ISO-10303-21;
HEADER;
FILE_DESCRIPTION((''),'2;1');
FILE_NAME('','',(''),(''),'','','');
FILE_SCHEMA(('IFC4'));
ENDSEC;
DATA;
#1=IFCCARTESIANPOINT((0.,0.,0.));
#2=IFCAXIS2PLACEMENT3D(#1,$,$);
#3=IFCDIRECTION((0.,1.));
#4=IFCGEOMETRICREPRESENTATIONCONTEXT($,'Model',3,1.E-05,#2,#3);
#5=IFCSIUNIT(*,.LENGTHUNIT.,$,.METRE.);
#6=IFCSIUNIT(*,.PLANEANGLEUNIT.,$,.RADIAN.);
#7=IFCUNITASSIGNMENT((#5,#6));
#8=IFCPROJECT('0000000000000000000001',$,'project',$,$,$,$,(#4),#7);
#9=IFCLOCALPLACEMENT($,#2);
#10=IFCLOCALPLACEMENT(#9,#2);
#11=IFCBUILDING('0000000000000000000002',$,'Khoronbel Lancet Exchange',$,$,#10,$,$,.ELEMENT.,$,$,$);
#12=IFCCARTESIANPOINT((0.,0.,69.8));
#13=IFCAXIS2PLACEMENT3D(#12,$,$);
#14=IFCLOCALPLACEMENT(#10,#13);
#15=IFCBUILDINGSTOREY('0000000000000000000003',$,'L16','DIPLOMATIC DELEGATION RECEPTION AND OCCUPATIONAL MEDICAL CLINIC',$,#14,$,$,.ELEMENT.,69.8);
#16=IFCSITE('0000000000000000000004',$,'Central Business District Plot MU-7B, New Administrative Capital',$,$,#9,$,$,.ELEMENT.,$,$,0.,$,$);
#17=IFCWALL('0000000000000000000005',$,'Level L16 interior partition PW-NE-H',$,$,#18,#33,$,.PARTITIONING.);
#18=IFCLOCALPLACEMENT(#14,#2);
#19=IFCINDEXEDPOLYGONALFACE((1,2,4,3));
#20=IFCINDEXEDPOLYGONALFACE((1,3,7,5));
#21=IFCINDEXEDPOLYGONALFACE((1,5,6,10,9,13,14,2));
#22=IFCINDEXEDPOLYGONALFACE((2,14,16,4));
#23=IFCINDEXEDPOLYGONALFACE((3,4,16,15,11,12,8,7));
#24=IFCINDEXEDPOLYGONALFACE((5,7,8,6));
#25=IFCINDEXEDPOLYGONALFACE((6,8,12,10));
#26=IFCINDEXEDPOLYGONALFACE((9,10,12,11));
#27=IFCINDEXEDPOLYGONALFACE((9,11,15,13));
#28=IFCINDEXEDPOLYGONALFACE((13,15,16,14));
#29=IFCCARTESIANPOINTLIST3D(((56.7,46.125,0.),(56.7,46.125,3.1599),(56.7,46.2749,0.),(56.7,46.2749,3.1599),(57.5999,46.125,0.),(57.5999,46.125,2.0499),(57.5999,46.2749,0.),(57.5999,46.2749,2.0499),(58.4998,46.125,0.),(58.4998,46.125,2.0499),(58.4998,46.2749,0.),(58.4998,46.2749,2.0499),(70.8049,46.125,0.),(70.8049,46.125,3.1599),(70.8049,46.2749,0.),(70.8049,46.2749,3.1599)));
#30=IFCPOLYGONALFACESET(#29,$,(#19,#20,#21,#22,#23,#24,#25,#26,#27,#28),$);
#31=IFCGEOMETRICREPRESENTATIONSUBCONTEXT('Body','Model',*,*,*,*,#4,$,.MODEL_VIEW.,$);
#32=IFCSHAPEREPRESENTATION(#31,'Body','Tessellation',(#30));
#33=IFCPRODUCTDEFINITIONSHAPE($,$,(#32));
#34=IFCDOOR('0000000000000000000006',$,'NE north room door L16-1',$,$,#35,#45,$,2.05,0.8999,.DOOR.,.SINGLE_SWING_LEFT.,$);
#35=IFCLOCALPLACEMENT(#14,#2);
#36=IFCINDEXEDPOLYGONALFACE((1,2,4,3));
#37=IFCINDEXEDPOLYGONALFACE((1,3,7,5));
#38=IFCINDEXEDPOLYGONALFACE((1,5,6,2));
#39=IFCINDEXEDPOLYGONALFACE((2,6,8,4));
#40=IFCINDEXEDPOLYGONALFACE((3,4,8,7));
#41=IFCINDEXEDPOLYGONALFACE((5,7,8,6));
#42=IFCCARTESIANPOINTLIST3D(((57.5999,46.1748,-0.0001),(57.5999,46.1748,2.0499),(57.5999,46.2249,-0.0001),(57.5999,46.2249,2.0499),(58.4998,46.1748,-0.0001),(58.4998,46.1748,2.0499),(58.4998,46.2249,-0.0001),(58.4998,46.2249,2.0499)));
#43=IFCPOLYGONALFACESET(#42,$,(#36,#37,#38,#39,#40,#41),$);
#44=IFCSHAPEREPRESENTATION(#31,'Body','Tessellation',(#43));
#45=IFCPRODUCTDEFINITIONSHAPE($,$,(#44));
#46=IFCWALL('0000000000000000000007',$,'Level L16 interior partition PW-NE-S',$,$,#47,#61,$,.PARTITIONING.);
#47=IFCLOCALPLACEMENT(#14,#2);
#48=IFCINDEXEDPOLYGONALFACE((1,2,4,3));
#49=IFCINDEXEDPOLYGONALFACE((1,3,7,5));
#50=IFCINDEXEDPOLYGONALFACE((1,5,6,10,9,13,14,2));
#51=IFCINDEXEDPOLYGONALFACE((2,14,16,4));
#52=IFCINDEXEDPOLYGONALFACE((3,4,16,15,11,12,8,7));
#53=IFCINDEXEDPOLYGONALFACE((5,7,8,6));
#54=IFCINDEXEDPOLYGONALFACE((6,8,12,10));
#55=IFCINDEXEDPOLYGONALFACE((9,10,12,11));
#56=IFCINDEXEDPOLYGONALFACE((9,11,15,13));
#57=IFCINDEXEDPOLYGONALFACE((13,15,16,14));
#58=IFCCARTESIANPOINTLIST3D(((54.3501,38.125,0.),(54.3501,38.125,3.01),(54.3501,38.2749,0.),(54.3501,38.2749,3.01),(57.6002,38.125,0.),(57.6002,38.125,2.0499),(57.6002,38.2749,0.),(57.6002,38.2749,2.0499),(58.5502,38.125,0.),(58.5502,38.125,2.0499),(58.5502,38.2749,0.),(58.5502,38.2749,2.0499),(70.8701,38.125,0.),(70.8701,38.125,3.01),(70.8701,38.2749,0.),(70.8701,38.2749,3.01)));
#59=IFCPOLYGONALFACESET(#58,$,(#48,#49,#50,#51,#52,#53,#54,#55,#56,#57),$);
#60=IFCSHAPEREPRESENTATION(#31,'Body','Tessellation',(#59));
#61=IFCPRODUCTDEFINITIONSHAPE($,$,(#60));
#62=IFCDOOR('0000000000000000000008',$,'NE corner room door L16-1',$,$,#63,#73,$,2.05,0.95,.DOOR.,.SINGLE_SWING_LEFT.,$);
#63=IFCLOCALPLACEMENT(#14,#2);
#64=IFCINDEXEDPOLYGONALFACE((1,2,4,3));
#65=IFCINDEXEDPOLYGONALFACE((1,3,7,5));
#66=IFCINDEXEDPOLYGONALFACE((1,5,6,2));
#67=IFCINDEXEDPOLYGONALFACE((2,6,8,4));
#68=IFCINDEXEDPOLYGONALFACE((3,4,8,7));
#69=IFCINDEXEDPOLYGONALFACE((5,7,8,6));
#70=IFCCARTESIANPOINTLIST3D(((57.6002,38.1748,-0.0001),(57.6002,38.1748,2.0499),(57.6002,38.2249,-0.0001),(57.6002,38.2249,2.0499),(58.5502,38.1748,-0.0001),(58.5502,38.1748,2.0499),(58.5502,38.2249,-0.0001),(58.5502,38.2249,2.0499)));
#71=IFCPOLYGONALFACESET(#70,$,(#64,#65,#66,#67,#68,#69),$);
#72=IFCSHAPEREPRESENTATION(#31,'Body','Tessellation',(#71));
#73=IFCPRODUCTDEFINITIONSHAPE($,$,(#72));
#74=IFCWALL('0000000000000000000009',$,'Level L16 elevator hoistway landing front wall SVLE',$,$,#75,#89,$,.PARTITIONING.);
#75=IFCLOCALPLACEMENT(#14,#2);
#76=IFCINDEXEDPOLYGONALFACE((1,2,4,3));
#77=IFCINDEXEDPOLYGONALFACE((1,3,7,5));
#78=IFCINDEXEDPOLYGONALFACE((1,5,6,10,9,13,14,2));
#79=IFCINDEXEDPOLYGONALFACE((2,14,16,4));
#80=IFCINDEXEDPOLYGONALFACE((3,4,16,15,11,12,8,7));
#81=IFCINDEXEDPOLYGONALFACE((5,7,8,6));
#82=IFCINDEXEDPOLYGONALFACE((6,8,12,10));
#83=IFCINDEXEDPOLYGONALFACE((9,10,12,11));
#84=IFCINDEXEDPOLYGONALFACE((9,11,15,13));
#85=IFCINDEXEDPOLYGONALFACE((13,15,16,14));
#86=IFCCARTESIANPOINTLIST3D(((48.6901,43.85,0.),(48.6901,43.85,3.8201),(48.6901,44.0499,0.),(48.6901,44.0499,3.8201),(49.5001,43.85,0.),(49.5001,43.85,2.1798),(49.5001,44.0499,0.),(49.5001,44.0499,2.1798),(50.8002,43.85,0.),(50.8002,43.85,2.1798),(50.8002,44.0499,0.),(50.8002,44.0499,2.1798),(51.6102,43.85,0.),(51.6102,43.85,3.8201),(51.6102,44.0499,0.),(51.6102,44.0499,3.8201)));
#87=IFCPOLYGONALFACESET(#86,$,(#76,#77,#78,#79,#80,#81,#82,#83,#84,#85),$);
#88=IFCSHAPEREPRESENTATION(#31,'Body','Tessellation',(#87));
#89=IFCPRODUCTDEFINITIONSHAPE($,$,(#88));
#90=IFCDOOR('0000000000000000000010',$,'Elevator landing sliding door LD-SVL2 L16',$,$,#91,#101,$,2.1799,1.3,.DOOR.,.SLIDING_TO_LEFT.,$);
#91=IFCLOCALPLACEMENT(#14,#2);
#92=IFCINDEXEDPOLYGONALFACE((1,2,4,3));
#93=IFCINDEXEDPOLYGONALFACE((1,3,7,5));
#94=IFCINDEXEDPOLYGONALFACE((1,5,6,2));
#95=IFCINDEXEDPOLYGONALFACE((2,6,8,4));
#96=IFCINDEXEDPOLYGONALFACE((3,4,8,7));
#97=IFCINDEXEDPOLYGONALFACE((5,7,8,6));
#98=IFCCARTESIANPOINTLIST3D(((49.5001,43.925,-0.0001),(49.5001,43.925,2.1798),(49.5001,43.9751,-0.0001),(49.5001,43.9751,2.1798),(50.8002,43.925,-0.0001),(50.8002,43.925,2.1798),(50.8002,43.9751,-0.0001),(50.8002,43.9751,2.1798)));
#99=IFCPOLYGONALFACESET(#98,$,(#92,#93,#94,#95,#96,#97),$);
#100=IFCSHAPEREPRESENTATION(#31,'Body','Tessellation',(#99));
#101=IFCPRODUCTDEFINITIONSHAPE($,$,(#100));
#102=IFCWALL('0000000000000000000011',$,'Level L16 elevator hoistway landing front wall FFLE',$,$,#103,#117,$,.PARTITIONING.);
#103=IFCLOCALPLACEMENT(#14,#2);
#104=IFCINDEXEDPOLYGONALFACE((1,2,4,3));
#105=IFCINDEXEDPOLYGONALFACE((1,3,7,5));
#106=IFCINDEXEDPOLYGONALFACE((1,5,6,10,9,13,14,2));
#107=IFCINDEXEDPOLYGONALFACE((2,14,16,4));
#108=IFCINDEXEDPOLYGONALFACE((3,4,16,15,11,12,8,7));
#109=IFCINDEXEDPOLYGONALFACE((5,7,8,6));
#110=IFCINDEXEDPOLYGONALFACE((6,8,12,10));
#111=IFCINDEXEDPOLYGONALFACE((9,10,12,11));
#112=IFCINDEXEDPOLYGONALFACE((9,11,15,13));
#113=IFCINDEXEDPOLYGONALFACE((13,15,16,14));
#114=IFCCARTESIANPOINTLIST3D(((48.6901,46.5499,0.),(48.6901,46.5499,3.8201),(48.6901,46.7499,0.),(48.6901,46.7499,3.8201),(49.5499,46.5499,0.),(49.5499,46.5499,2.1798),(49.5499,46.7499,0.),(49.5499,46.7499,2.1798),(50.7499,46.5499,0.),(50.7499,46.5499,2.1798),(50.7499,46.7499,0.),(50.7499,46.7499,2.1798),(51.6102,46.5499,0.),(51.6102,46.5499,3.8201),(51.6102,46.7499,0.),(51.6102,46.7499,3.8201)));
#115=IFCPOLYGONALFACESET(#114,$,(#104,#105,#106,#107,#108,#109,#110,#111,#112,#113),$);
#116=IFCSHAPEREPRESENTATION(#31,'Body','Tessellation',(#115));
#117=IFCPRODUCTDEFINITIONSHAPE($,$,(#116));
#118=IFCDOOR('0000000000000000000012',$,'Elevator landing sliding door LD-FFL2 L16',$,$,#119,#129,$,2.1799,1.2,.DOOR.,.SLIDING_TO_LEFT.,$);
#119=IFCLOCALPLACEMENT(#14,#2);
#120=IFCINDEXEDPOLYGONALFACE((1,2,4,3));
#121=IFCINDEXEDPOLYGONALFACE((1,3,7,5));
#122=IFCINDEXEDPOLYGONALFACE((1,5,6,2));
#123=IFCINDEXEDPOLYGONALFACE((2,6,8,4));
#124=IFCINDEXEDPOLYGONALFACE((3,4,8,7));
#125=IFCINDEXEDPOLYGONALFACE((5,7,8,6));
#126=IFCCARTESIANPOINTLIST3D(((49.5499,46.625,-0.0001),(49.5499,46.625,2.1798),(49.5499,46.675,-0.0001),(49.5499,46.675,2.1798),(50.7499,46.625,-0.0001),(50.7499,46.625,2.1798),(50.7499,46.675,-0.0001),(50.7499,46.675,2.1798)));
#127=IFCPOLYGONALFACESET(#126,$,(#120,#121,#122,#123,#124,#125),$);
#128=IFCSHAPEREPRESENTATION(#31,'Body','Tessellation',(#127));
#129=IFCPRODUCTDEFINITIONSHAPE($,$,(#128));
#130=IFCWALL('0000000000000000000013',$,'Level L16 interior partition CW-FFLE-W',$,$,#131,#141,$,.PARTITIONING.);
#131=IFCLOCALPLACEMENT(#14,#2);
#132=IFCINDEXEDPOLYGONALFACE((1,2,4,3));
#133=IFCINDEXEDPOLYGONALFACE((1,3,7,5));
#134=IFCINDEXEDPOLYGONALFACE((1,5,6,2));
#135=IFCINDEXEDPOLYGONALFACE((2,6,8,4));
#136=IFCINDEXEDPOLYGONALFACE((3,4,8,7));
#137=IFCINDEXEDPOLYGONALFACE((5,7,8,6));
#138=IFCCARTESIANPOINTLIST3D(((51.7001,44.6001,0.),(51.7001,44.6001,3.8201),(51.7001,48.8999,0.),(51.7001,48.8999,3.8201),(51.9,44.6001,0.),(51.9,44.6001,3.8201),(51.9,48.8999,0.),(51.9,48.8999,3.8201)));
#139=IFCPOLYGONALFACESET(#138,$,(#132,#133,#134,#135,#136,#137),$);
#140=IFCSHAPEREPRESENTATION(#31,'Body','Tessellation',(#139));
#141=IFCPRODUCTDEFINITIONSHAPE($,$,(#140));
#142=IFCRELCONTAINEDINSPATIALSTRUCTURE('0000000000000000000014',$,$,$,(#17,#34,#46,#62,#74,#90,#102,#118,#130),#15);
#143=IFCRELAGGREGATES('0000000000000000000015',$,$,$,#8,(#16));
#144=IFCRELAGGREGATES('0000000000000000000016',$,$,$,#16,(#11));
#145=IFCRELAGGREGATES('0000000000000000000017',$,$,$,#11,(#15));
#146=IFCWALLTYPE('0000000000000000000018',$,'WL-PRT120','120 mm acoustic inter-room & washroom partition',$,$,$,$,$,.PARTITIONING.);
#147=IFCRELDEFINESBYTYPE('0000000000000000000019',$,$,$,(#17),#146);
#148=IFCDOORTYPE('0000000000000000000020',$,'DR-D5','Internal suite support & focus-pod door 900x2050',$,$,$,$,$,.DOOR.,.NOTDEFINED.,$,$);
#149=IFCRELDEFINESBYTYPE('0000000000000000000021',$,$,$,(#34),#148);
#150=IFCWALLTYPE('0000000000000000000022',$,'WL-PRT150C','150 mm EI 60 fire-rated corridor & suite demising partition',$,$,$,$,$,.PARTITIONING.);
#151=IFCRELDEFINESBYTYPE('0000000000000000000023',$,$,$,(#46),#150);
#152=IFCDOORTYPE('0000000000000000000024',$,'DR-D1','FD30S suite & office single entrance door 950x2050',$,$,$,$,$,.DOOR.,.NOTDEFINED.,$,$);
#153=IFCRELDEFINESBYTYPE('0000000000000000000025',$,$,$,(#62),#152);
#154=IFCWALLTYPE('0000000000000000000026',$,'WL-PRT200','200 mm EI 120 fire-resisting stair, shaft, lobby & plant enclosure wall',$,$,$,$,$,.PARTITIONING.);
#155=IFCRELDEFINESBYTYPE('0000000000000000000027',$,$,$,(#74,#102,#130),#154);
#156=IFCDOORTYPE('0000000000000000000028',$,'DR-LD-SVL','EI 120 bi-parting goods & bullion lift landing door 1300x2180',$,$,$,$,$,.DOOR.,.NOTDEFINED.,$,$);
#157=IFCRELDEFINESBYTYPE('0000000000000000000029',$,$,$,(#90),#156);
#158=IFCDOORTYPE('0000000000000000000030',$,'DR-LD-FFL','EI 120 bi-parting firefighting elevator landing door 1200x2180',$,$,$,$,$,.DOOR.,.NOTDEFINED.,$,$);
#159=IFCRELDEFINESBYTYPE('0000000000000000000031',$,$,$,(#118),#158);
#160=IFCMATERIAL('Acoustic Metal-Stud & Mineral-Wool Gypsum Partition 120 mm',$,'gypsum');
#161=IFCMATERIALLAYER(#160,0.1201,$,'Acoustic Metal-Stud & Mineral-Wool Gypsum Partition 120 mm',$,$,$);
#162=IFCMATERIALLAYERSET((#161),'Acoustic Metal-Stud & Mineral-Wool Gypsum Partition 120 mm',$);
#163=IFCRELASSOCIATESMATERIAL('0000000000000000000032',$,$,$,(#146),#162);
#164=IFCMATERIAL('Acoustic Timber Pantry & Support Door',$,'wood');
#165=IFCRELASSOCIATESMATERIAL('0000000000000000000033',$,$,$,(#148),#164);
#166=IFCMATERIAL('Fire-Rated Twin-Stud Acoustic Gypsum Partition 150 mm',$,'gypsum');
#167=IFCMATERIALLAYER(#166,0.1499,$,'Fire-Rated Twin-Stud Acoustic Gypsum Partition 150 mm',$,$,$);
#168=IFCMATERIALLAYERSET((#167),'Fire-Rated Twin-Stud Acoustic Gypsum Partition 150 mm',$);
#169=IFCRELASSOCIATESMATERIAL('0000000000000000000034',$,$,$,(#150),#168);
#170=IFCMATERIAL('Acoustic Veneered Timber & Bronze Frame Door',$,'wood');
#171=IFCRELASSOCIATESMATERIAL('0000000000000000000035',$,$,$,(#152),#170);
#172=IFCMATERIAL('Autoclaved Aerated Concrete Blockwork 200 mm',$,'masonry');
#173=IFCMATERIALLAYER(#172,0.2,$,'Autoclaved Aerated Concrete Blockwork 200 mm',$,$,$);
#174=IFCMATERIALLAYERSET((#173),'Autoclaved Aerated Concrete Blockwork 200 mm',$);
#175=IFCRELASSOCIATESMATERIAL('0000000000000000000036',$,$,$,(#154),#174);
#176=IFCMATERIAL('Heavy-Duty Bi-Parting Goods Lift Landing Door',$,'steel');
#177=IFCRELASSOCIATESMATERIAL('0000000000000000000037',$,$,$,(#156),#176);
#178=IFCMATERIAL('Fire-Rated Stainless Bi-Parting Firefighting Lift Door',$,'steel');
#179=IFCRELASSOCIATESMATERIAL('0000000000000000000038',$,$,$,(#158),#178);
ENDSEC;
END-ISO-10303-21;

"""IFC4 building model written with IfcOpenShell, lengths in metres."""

from ifc_helpers import new_model, si_unit, direction, frame, frame_2d, origin, place, context, subcontext, project, spatial, rectangle, extrude, material, layer, layer_set, type_object, element, fill, save


model = new_model("IFC4")

# Units and contexts
model_context = context("Model", 3, precision=1e-05, world=origin(), true_north=direction((0.0, 1.0)))
body_context = subcontext(model_context, "Body", "Model", "MODEL_VIEW")
ifc_project = project(units=[si_unit("LENGTHUNIT", "METRE"), si_unit("PLANEANGLEUNIT", "RADIAN")], contexts=[model_context])

# Site, building, storey
site_placement = place(None, origin())
site = spatial("IfcSite", under=ifc_project, at=site_placement, Name="Central Business District Plot MU-7B, New Administrative Capital", CompositionType="ELEMENT", RefElevation=0.0)
building_placement = place(site_placement, origin())
building = spatial("IfcBuilding", under=site, at=building_placement, Name="Khoronbel Lancet Exchange", CompositionType="ELEMENT")
storey_placement = place(building_placement, frame((0.0, 0.0, 69.8)))
storey = spatial("IfcBuildingStorey", under=building, at=storey_placement, Name="L16", Description="DIPLOMATIC DELEGATION RECEPTION AND OCCUPATIONAL MEDICAL CLINIC", CompositionType="ELEMENT", Elevation=69.8)

# Shared definitions
ifc_material_1 = material(Name="Acoustic Metal-Stud & Mineral-Wool Gypsum Partition 120 mm", Category="gypsum")
ifc_layer_1 = layer(ifc_material_1, 0.1201, Name="Acoustic Metal-Stud & Mineral-Wool Gypsum Partition 120 mm")
ifc_layer_set_1 = layer_set([ifc_layer_1], Name="Acoustic Metal-Stud & Mineral-Wool Gypsum Partition 120 mm")
wall_type_1 = type_object("IfcWallType", Name="WL-PRT120", Description="120 mm acoustic inter-room & washroom partition", PredefinedType="PARTITIONING", material=ifc_layer_set_1)

# Walls, openings, doors
wall_1_placement = place(storey_placement, frame((56.7, 46.2, 0.0), z_axis=(0.0, 0.0, 1.0), x_axis=(1.0, 0.0, 0.0)))
wall_1 = element("IfcWall", 1, at=wall_1_placement, inside=storey, type_object=wall_type_1, Name="Level L16 interior partition PW-NE-H", PredefinedType="PARTITIONING", context=body_context, shape_type="SweptSolid", body=[
    extrude(rectangle(XDim=14.105, YDim=0.1499, at=frame_2d((7.0525, 0.0))), origin(), (0.0, 0.0, 1.0), 3.1599),
])
opening_1_placement = place(wall_1_placement, frame((0.8999, 0.0, 0.0)))
opening_1 = element("IfcOpeningElement", 2, at=opening_1_placement, cuts=wall_1, PredefinedType="OPENING", context=body_context, shape_type="SweptSolid", body=[
    extrude(rectangle(XDim=0.8999, YDim=2.05, at=frame_2d((0.45, 1.0249))), frame((0.0, 0.085, 0.0), z_axis=(0.0, -1.0, 0.0), x_axis=(1.0, 0.0, 0.0)), (0.0, 0.0, 1.0), 0.1699),
])
ifc_material_2 = material(Name="Acoustic Timber Pantry & Support Door", Category="wood")
door_type_1 = type_object("IfcDoorType", Name="DR-D5", Description="Internal suite support & focus-pod door 900x2050", OperationType="NOTDEFINED", PredefinedType="DOOR", material=ifc_material_2)
door_1_placement = place(opening_1_placement, origin())
door_1 = element("IfcDoor", 3, at=door_1_placement, inside=storey, type_object=door_type_1, Name="NE north room door L16-1", OperationType="SINGLE_SWING_LEFT", OverallHeight=2.05, OverallWidth=0.8999, PredefinedType="DOOR", context=body_context, shape_type="SweptSolid", body=[
    extrude(rectangle(XDim=0.8999, YDim=2.05, at=frame_2d((0.45, 1.0249))), frame((0.0, 0.0249, 0.0), z_axis=(0.0, -1.0, 0.0), x_axis=(1.0, 0.0, 0.0)), (0.0, 0.0, 1.0), 0.05),
])
fill(opening_1, door_1)
ifc_material_3 = material(Name="Fire-Rated Twin-Stud Acoustic Gypsum Partition 150 mm", Category="gypsum")
ifc_layer_2 = layer(ifc_material_3, 0.1499, Name="Fire-Rated Twin-Stud Acoustic Gypsum Partition 150 mm")
ifc_layer_set_2 = layer_set([ifc_layer_2], Name="Fire-Rated Twin-Stud Acoustic Gypsum Partition 150 mm")
wall_type_2 = type_object("IfcWallType", Name="WL-PRT150C", Description="150 mm EI 60 fire-rated corridor & suite demising partition", PredefinedType="PARTITIONING", material=ifc_layer_set_2)
wall_2_placement = place(storey_placement, frame((54.3501, 38.2, 0.0), z_axis=(0.0, 0.0, 1.0), x_axis=(1.0, 0.0, 0.0)))
wall_2 = element("IfcWall", 4, at=wall_2_placement, inside=storey, type_object=wall_type_2, Name="Level L16 interior partition PW-NE-S", PredefinedType="PARTITIONING", context=body_context, shape_type="SweptSolid", body=[
    extrude(rectangle(XDim=16.52, YDim=0.1499, at=frame_2d((8.26, 0.0))), origin(), (0.0, 0.0, 1.0), 3.01),
])
opening_2_placement = place(wall_2_placement, frame((3.25, 0.0, 0.0)))
opening_2 = element("IfcOpeningElement", 5, at=opening_2_placement, cuts=wall_2, PredefinedType="OPENING", context=body_context, shape_type="SweptSolid", body=[
    extrude(rectangle(XDim=0.95, YDim=2.05, at=frame_2d((0.4751, 1.0249))), frame((0.0, 0.085, 0.0), z_axis=(0.0, -1.0, 0.0), x_axis=(1.0, 0.0, 0.0)), (0.0, 0.0, 1.0), 0.1699),
])
ifc_material_4 = material(Name="Acoustic Veneered Timber & Bronze Frame Door", Category="wood")
door_type_2 = type_object("IfcDoorType", Name="DR-D1", Description="FD30S suite & office single entrance door 950x2050", OperationType="NOTDEFINED", PredefinedType="DOOR", material=ifc_material_4)
door_2_placement = place(opening_2_placement, origin())
door_2 = element("IfcDoor", 6, at=door_2_placement, inside=storey, type_object=door_type_2, Name="NE corner room door L16-1", OperationType="SINGLE_SWING_LEFT", OverallHeight=2.05, OverallWidth=0.95, PredefinedType="DOOR", context=body_context, shape_type="SweptSolid", body=[
    extrude(rectangle(XDim=0.95, YDim=2.05, at=frame_2d((0.4751, 1.0249))), frame((0.0, 0.0249, 0.0), z_axis=(0.0, -1.0, 0.0), x_axis=(1.0, 0.0, 0.0)), (0.0, 0.0, 1.0), 0.05),
])
fill(opening_2, door_2)
ifc_material_5 = material(Name="Autoclaved Aerated Concrete Blockwork 200 mm", Category="masonry")
ifc_layer_3 = layer(ifc_material_5, 0.2, Name="Autoclaved Aerated Concrete Blockwork 200 mm")
ifc_layer_set_3 = layer_set([ifc_layer_3], Name="Autoclaved Aerated Concrete Blockwork 200 mm")
wall_type_3 = type_object("IfcWallType", Name="WL-PRT200", Description="200 mm EI 120 fire-resisting stair, shaft, lobby & plant enclosure wall", PredefinedType="PARTITIONING", material=ifc_layer_set_3)
wall_3_placement = place(storey_placement, frame((51.6101, 43.95, 0.0), z_axis=(0.0, 0.0, 1.0), x_axis=(-1.0, 0.0, 0.0)))
wall_3 = element("IfcWall", 7, at=wall_3_placement, inside=storey, type_object=wall_type_3, Name="Level L16 elevator hoistway landing front wall SVLE", PredefinedType="PARTITIONING", context=body_context, shape_type="SweptSolid", body=[
    extrude(rectangle(XDim=2.9202, YDim=0.2, at=frame_2d((1.46, 0.0))), origin(), (0.0, 0.0, 1.0), 3.8201),
])
opening_3_placement = place(wall_3_placement, frame((0.8101, 0.0, 0.0)))
opening_3 = element("IfcOpeningElement", 8, at=opening_3_placement, cuts=wall_3, PredefinedType="OPENING", context=body_context, shape_type="SweptSolid", body=[
    extrude(rectangle(XDim=1.3, YDim=2.1799, at=frame_2d((0.6499, 1.0898))), frame((0.0, 0.1099, 0.0), z_axis=(0.0, -1.0, 0.0), x_axis=(1.0, 0.0, 0.0)), (0.0, 0.0, 1.0), 0.22),
])
ifc_material_6 = material(Name="Heavy-Duty Bi-Parting Goods Lift Landing Door", Category="steel")
door_type_3 = type_object("IfcDoorType", Name="DR-LD-SVL", Description="EI 120 bi-parting goods & bullion lift landing door 1300x2180", OperationType="NOTDEFINED", PredefinedType="DOOR", material=ifc_material_6)
door_3_placement = place(opening_3_placement, origin())
door_3 = element("IfcDoor", 9, at=door_3_placement, inside=storey, type_object=door_type_3, Name="Elevator landing sliding door LD-SVL2 L16", OperationType="SLIDING_TO_LEFT", OverallHeight=2.1799, OverallWidth=1.3, PredefinedType="DOOR", context=body_context, shape_type="SweptSolid", body=[
    extrude(rectangle(XDim=1.3, YDim=2.1799, at=frame_2d((0.6499, 1.0898))), frame((0.0, 0.0249, 0.0), z_axis=(0.0, -1.0, 0.0), x_axis=(1.0, 0.0, 0.0)), (0.0, 0.0, 1.0), 0.05),
])
fill(opening_3, door_3)
wall_4_placement = place(storey_placement, frame((51.6101, 46.6499, 0.0), z_axis=(0.0, 0.0, 1.0), x_axis=(-1.0, 0.0, 0.0)))
wall_4 = element("IfcWall", 10, at=wall_4_placement, inside=storey, type_object=wall_type_3, Name="Level L16 elevator hoistway landing front wall FFLE", PredefinedType="PARTITIONING", context=body_context, shape_type="SweptSolid", body=[
    extrude(rectangle(XDim=2.9202, YDim=0.2, at=frame_2d((1.46, 0.0))), origin(), (0.0, 0.0, 1.0), 3.8201),
])
opening_4_placement = place(wall_4_placement, frame((0.8601, 0.0, 0.0)))
opening_4 = element("IfcOpeningElement", 11, at=opening_4_placement, cuts=wall_4, PredefinedType="OPENING", context=body_context, shape_type="SweptSolid", body=[
    extrude(rectangle(XDim=1.2, YDim=2.1799, at=frame_2d((0.6001, 1.0898))), frame((0.0, 0.1099, 0.0), z_axis=(0.0, -1.0, 0.0), x_axis=(1.0, 0.0, 0.0)), (0.0, 0.0, 1.0), 0.22),
])
ifc_material_7 = material(Name="Fire-Rated Stainless Bi-Parting Firefighting Lift Door", Category="steel")
door_type_4 = type_object("IfcDoorType", Name="DR-LD-FFL", Description="EI 120 bi-parting firefighting elevator landing door 1200x2180", OperationType="NOTDEFINED", PredefinedType="DOOR", material=ifc_material_7)
door_4_placement = place(opening_4_placement, origin())
door_4 = element("IfcDoor", 12, at=door_4_placement, inside=storey, type_object=door_type_4, Name="Elevator landing sliding door LD-FFL2 L16", OperationType="SLIDING_TO_LEFT", OverallHeight=2.1799, OverallWidth=1.2, PredefinedType="DOOR", context=body_context, shape_type="SweptSolid", body=[
    extrude(rectangle(XDim=1.2, YDim=2.1799, at=frame_2d((0.6001, 1.0898))), frame((0.0, 0.0249, 0.0), z_axis=(0.0, -1.0, 0.0), x_axis=(1.0, 0.0, 0.0)), (0.0, 0.0, 1.0), 0.05),
])
fill(opening_4, door_4)

# Wall
wall_5_placement = place(storey_placement, frame((51.8, 44.6001, 0.0), z_axis=(0.0, 0.0, 1.0), x_axis=(0.0, 1.0, 0.0)))
element("IfcWall", 13, at=wall_5_placement, inside=storey, type_object=wall_type_3, Name="Level L16 interior partition CW-FFLE-W", PredefinedType="PARTITIONING", context=body_context, shape_type="SweptSolid", body=[
    extrude(rectangle(XDim=4.2998, YDim=0.2, at=frame_2d((2.1499, 0.0))), origin(), (0.0, 0.0, 1.0), 3.8201),
])

save(model, "model.ifc")
